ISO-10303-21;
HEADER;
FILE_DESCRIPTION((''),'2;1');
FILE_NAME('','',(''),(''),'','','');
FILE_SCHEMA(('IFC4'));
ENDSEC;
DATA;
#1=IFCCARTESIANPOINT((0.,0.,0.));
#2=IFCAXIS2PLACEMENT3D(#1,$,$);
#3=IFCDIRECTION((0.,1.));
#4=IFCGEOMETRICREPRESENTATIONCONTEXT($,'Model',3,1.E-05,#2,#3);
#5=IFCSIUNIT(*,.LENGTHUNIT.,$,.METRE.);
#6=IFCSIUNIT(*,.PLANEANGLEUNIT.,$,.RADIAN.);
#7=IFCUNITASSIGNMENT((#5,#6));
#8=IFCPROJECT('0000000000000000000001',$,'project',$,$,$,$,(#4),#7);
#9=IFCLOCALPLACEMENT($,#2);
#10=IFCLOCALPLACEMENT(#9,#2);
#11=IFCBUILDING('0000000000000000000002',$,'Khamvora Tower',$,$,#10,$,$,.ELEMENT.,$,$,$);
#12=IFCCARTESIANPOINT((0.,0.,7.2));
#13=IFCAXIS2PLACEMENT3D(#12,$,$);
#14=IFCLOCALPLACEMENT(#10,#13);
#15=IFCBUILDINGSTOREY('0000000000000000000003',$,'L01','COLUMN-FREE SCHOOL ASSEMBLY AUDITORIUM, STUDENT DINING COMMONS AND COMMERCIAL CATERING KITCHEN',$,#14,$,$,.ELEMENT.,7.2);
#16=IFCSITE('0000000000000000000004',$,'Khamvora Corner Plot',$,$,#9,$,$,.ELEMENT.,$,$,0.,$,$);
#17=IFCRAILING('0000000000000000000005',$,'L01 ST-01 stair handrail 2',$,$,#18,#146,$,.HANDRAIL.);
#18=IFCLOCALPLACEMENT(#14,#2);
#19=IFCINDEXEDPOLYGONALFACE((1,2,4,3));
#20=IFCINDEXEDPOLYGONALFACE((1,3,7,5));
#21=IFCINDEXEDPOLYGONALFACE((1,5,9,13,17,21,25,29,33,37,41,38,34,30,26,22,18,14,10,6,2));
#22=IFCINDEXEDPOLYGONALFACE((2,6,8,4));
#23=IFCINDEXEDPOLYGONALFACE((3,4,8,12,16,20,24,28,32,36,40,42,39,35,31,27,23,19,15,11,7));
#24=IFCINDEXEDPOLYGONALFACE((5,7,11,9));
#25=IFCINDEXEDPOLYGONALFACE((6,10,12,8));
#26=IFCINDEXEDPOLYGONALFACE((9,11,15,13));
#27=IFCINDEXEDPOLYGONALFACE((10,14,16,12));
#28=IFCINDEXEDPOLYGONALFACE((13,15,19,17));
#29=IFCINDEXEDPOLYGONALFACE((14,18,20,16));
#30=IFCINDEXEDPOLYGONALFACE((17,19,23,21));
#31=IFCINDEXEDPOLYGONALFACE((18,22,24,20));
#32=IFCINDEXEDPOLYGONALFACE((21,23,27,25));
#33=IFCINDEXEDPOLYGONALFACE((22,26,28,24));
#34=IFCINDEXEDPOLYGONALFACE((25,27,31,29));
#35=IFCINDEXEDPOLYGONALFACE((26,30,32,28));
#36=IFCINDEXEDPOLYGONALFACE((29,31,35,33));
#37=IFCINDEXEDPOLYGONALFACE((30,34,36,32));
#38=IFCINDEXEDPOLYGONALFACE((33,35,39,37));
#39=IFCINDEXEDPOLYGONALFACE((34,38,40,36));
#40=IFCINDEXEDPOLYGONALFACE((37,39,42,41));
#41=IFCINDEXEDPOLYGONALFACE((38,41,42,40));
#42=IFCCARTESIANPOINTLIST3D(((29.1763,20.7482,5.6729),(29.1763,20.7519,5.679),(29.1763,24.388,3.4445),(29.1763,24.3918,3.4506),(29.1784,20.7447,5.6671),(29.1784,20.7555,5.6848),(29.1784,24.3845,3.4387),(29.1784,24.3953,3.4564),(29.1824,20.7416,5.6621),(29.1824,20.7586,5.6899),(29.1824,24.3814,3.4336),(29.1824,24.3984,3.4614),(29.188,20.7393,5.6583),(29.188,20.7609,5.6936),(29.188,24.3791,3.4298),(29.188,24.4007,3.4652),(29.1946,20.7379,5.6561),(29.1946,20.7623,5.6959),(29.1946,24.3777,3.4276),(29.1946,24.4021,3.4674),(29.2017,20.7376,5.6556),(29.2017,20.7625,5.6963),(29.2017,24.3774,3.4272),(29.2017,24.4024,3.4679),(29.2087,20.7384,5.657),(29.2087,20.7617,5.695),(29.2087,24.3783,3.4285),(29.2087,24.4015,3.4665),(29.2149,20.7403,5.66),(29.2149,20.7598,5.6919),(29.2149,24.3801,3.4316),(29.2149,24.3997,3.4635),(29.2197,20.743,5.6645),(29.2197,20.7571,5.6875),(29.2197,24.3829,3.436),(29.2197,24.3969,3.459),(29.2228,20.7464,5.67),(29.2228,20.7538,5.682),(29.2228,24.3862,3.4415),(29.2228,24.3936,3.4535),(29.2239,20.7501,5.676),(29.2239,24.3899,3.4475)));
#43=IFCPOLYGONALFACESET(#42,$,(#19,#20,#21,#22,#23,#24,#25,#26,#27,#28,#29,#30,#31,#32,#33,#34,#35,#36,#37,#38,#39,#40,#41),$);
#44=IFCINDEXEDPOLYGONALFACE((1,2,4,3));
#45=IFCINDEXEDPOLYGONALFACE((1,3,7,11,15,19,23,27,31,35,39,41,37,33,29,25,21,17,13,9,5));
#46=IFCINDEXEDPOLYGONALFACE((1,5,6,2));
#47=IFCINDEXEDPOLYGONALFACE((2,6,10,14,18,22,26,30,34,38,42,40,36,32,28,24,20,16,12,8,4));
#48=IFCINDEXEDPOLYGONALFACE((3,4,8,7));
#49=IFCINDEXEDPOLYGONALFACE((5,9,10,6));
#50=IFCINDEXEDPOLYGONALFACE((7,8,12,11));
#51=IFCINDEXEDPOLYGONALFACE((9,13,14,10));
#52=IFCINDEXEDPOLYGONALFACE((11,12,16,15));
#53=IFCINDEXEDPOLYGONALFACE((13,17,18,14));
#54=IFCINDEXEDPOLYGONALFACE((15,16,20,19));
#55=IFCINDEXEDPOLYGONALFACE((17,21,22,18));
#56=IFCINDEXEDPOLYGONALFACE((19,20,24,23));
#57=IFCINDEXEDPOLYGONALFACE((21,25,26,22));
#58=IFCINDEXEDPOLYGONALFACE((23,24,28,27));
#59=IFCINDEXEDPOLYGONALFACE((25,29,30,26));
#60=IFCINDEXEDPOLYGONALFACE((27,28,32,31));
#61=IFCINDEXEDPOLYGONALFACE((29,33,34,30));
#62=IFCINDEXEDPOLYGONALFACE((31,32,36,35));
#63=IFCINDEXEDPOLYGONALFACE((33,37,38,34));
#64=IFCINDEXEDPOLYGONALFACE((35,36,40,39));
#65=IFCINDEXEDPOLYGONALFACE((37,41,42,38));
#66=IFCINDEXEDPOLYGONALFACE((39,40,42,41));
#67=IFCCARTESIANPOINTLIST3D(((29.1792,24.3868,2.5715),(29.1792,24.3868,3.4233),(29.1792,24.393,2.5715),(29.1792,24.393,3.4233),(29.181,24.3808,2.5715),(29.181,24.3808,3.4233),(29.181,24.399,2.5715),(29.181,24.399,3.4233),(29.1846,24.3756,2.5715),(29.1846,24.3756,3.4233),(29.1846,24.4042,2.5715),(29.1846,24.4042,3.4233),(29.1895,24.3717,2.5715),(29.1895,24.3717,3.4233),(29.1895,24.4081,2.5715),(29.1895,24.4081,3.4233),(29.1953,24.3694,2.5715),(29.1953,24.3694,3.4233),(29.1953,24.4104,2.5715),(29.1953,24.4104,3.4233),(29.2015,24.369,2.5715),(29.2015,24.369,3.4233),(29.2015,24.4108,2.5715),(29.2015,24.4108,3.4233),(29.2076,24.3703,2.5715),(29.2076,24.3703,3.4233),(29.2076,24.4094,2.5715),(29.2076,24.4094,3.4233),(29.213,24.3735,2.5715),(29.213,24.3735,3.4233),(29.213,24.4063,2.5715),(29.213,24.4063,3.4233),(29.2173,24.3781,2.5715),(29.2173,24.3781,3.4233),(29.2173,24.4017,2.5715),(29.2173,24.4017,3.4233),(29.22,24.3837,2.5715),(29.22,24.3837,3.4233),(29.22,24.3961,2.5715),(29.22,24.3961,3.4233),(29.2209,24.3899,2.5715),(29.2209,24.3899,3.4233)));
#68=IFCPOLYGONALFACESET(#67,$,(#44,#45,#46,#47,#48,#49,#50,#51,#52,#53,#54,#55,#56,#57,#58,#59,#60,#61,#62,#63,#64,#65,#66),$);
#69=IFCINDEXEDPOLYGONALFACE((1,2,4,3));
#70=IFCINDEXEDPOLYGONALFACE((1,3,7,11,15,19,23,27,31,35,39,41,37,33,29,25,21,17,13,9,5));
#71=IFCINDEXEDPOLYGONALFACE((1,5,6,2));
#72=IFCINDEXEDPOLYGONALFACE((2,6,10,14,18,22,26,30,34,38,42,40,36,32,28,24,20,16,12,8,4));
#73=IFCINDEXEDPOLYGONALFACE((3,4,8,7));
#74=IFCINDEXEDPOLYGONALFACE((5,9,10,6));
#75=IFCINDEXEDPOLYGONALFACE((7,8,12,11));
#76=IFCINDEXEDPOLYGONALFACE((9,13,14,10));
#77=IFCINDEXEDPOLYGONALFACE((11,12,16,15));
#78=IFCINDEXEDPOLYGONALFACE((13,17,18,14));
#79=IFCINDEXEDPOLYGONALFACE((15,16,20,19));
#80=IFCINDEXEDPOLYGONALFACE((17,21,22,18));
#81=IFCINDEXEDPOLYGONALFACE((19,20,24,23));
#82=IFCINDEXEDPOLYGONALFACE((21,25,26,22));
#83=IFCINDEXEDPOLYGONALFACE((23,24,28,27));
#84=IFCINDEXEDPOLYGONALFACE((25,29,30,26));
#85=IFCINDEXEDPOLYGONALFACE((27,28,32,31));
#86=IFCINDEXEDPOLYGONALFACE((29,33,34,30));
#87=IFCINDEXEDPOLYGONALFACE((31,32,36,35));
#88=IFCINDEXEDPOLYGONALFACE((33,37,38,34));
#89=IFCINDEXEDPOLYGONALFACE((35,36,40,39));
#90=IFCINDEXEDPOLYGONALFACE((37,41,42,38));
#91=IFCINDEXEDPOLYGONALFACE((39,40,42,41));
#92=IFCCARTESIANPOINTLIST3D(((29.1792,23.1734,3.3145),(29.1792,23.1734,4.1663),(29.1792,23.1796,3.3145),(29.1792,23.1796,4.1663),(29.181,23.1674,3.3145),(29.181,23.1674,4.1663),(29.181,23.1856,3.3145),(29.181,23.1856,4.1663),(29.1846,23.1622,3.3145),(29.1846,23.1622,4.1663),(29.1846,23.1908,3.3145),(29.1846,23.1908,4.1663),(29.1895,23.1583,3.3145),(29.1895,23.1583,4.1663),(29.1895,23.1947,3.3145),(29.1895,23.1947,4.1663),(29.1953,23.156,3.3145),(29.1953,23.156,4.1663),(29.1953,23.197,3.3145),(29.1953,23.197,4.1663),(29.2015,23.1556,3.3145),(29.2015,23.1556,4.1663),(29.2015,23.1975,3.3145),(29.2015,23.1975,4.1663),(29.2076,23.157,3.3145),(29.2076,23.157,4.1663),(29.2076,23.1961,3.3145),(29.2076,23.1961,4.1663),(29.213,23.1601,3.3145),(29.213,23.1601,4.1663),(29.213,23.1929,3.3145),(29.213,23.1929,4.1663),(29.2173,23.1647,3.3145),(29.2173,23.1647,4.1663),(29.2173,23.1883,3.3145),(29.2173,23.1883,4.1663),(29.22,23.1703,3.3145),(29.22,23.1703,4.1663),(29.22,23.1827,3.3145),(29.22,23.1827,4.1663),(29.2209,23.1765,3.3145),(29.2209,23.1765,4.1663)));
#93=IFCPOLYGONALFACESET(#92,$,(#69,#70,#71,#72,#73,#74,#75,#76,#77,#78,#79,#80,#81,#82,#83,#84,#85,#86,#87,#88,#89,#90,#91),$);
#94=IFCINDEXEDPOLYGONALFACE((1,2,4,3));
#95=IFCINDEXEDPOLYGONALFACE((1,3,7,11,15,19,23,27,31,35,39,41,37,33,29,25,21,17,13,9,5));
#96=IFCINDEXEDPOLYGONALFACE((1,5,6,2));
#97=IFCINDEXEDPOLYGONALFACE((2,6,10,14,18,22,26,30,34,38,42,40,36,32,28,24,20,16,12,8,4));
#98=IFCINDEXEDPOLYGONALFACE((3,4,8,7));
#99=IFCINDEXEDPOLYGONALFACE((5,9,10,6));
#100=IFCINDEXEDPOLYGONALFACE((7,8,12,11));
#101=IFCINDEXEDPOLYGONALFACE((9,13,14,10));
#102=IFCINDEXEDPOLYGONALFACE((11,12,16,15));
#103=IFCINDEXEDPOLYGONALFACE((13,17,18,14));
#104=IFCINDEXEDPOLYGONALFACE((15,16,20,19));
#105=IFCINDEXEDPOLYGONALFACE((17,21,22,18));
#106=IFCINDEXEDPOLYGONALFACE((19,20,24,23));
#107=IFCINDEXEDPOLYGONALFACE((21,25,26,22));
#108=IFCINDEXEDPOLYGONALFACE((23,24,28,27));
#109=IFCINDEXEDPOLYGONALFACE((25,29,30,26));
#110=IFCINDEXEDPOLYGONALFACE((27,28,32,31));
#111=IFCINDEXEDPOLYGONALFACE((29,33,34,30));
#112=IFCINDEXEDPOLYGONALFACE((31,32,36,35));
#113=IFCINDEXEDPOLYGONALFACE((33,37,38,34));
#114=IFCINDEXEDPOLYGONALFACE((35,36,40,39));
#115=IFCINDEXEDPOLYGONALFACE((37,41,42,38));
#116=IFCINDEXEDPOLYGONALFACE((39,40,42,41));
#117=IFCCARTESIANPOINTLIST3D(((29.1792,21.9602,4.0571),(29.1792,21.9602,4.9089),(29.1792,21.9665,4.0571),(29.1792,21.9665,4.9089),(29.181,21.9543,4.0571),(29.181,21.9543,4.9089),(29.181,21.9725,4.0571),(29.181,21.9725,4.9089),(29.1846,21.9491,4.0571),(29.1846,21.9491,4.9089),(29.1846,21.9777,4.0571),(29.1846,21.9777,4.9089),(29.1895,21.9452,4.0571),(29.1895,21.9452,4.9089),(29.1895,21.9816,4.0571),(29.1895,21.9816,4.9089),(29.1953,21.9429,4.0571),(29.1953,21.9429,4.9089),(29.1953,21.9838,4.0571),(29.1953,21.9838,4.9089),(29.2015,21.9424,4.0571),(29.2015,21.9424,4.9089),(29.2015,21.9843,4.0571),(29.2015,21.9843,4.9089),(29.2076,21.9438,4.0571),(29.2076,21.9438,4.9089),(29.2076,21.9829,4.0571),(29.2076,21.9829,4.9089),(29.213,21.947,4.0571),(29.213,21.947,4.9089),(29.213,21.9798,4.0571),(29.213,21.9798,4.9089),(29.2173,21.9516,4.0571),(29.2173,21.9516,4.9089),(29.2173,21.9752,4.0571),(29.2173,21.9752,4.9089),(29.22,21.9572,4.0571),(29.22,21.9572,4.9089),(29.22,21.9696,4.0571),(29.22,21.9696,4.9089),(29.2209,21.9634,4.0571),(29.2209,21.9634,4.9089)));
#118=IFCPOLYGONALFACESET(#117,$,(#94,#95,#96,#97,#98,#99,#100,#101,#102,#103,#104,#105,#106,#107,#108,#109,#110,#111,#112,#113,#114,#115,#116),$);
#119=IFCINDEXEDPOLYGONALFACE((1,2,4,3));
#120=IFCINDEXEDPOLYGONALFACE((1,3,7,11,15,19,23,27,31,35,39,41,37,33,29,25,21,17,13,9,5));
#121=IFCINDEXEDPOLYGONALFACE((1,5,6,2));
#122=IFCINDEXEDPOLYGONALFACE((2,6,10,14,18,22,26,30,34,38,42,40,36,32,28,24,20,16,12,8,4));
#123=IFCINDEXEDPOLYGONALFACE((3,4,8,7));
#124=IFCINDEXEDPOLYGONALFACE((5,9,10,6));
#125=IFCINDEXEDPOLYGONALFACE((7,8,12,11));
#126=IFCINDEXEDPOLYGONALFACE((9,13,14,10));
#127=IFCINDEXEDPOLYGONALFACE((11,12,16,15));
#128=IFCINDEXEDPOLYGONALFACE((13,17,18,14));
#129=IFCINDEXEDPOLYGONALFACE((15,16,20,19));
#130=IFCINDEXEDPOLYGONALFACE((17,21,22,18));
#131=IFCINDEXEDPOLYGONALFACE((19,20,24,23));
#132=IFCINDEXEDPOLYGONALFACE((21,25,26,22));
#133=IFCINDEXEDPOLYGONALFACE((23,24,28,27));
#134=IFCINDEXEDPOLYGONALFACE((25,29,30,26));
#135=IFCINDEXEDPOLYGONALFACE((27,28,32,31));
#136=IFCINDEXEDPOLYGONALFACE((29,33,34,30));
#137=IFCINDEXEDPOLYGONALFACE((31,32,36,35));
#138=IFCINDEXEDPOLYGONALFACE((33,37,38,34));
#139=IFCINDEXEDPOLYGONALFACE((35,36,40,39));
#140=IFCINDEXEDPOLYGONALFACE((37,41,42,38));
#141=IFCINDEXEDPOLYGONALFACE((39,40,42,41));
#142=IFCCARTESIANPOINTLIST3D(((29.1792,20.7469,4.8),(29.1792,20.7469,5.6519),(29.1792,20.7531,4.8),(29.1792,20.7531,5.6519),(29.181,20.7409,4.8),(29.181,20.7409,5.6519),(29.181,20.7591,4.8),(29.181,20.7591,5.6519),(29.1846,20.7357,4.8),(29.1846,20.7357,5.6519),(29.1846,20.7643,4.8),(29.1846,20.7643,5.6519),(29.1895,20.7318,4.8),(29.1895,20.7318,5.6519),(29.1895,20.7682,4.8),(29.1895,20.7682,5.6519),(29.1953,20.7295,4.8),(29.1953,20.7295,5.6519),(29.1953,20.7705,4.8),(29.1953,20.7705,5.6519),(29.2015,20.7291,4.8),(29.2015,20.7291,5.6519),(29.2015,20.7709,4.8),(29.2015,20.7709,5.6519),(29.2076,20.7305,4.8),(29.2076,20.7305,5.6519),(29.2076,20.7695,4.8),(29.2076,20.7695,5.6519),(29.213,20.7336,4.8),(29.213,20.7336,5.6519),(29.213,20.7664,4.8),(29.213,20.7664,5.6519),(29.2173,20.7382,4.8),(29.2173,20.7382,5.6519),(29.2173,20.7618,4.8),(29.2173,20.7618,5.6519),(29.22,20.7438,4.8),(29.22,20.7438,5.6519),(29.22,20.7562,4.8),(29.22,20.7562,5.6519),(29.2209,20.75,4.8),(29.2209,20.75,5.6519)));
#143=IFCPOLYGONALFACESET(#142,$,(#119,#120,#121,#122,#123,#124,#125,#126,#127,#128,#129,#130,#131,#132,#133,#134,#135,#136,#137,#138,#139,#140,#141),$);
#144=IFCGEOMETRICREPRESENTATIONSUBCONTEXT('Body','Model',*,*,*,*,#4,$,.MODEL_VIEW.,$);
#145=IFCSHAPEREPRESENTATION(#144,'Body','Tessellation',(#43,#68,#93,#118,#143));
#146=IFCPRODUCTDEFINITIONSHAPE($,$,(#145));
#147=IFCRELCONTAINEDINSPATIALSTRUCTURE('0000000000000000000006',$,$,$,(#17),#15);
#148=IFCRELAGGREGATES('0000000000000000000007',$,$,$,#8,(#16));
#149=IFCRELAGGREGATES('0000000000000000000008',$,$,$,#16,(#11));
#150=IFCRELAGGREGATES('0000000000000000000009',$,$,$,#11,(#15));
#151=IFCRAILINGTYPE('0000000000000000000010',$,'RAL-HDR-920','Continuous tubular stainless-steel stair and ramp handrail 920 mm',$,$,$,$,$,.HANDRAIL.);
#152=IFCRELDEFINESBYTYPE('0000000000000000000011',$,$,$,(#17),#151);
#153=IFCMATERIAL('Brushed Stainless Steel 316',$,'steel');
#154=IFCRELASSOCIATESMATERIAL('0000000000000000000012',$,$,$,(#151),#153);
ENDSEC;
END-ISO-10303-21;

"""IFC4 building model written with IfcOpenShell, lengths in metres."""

from ifc_helpers import new_model, si_unit, direction, frame, origin, origin_2d, place, context, subcontext, project, spatial, circle, extrude, material, type_object, element, save


model = new_model("IFC4")

# Units and contexts
model_context = context("Model", 3, precision=1e-05, world=origin(), true_north=direction((0.0, 1.0)))
body_context = subcontext(model_context, "Body", "Model", "MODEL_VIEW")
ifc_project = project(units=[si_unit("LENGTHUNIT", "METRE"), si_unit("PLANEANGLEUNIT", "RADIAN")], contexts=[model_context])

# Site, building, storey
site_placement = place(None, origin())
site = spatial("IfcSite", under=ifc_project, at=site_placement, Name="Khamvora Corner Plot", CompositionType="ELEMENT", RefElevation=0.0)
building_placement = place(site_placement, origin())
building = spatial("IfcBuilding", under=site, at=building_placement, Name="Khamvora Tower", CompositionType="ELEMENT")
storey_placement = place(building_placement, frame((0.0, 0.0, 7.2)))
storey = spatial("IfcBuildingStorey", under=building, at=storey_placement, Name="L01", Description="COLUMN-FREE SCHOOL ASSEMBLY AUDITORIUM, STUDENT DINING COMMONS AND COMMERCIAL CATERING KITCHEN", CompositionType="ELEMENT", Elevation=7.2)

# Railing
ifc_material_1 = material(Name="Brushed Stainless Steel 316", Category="steel")
railing_type_1 = type_object("IfcRailingType", Name="RAL-HDR-920", Description="Continuous tubular stainless-steel stair and ramp handrail 920 mm", PredefinedType="HANDRAIL", material=ifc_material_1)
railing_1_placement = place(storey_placement, frame((29.2, 24.3899, 2.5715)))
element("IfcRailing", 1, at=railing_1_placement, inside=storey, type_object=railing_type_1, Name="L01 ST-01 stair handrail 2", PredefinedType="HANDRAIL", context=body_context, shape_type="SweptSolid", body=[
    extrude(circle(Radius=0.0239, at=origin_2d()), frame((0.0, 0.0, 0.876), z_axis=(0.0, -0.85285, 0.522156), x_axis=(1.0, 0.0, 0.0)), (0.0, 0.0, 1.0), 4.2678),
    extrude(circle(Radius=0.021, at=origin_2d()), origin(), (0.0, 0.0, 1.0), 0.8518),
    extrude(circle(Radius=0.021, at=origin_2d()), frame((0.0, -1.2134, 0.7429)), (0.0, 0.0, 1.0), 0.8518),
    extrude(circle(Radius=0.021, at=origin_2d()), frame((0.0, -2.4265, 1.4856)), (0.0, 0.0, 1.0), 0.8518),
    extrude(circle(Radius=0.021, at=origin_2d()), frame((0.0, -3.6399, 2.2285)), (0.0, 0.0, 1.0), 0.8518),
])

save(model, "model.ifc")
